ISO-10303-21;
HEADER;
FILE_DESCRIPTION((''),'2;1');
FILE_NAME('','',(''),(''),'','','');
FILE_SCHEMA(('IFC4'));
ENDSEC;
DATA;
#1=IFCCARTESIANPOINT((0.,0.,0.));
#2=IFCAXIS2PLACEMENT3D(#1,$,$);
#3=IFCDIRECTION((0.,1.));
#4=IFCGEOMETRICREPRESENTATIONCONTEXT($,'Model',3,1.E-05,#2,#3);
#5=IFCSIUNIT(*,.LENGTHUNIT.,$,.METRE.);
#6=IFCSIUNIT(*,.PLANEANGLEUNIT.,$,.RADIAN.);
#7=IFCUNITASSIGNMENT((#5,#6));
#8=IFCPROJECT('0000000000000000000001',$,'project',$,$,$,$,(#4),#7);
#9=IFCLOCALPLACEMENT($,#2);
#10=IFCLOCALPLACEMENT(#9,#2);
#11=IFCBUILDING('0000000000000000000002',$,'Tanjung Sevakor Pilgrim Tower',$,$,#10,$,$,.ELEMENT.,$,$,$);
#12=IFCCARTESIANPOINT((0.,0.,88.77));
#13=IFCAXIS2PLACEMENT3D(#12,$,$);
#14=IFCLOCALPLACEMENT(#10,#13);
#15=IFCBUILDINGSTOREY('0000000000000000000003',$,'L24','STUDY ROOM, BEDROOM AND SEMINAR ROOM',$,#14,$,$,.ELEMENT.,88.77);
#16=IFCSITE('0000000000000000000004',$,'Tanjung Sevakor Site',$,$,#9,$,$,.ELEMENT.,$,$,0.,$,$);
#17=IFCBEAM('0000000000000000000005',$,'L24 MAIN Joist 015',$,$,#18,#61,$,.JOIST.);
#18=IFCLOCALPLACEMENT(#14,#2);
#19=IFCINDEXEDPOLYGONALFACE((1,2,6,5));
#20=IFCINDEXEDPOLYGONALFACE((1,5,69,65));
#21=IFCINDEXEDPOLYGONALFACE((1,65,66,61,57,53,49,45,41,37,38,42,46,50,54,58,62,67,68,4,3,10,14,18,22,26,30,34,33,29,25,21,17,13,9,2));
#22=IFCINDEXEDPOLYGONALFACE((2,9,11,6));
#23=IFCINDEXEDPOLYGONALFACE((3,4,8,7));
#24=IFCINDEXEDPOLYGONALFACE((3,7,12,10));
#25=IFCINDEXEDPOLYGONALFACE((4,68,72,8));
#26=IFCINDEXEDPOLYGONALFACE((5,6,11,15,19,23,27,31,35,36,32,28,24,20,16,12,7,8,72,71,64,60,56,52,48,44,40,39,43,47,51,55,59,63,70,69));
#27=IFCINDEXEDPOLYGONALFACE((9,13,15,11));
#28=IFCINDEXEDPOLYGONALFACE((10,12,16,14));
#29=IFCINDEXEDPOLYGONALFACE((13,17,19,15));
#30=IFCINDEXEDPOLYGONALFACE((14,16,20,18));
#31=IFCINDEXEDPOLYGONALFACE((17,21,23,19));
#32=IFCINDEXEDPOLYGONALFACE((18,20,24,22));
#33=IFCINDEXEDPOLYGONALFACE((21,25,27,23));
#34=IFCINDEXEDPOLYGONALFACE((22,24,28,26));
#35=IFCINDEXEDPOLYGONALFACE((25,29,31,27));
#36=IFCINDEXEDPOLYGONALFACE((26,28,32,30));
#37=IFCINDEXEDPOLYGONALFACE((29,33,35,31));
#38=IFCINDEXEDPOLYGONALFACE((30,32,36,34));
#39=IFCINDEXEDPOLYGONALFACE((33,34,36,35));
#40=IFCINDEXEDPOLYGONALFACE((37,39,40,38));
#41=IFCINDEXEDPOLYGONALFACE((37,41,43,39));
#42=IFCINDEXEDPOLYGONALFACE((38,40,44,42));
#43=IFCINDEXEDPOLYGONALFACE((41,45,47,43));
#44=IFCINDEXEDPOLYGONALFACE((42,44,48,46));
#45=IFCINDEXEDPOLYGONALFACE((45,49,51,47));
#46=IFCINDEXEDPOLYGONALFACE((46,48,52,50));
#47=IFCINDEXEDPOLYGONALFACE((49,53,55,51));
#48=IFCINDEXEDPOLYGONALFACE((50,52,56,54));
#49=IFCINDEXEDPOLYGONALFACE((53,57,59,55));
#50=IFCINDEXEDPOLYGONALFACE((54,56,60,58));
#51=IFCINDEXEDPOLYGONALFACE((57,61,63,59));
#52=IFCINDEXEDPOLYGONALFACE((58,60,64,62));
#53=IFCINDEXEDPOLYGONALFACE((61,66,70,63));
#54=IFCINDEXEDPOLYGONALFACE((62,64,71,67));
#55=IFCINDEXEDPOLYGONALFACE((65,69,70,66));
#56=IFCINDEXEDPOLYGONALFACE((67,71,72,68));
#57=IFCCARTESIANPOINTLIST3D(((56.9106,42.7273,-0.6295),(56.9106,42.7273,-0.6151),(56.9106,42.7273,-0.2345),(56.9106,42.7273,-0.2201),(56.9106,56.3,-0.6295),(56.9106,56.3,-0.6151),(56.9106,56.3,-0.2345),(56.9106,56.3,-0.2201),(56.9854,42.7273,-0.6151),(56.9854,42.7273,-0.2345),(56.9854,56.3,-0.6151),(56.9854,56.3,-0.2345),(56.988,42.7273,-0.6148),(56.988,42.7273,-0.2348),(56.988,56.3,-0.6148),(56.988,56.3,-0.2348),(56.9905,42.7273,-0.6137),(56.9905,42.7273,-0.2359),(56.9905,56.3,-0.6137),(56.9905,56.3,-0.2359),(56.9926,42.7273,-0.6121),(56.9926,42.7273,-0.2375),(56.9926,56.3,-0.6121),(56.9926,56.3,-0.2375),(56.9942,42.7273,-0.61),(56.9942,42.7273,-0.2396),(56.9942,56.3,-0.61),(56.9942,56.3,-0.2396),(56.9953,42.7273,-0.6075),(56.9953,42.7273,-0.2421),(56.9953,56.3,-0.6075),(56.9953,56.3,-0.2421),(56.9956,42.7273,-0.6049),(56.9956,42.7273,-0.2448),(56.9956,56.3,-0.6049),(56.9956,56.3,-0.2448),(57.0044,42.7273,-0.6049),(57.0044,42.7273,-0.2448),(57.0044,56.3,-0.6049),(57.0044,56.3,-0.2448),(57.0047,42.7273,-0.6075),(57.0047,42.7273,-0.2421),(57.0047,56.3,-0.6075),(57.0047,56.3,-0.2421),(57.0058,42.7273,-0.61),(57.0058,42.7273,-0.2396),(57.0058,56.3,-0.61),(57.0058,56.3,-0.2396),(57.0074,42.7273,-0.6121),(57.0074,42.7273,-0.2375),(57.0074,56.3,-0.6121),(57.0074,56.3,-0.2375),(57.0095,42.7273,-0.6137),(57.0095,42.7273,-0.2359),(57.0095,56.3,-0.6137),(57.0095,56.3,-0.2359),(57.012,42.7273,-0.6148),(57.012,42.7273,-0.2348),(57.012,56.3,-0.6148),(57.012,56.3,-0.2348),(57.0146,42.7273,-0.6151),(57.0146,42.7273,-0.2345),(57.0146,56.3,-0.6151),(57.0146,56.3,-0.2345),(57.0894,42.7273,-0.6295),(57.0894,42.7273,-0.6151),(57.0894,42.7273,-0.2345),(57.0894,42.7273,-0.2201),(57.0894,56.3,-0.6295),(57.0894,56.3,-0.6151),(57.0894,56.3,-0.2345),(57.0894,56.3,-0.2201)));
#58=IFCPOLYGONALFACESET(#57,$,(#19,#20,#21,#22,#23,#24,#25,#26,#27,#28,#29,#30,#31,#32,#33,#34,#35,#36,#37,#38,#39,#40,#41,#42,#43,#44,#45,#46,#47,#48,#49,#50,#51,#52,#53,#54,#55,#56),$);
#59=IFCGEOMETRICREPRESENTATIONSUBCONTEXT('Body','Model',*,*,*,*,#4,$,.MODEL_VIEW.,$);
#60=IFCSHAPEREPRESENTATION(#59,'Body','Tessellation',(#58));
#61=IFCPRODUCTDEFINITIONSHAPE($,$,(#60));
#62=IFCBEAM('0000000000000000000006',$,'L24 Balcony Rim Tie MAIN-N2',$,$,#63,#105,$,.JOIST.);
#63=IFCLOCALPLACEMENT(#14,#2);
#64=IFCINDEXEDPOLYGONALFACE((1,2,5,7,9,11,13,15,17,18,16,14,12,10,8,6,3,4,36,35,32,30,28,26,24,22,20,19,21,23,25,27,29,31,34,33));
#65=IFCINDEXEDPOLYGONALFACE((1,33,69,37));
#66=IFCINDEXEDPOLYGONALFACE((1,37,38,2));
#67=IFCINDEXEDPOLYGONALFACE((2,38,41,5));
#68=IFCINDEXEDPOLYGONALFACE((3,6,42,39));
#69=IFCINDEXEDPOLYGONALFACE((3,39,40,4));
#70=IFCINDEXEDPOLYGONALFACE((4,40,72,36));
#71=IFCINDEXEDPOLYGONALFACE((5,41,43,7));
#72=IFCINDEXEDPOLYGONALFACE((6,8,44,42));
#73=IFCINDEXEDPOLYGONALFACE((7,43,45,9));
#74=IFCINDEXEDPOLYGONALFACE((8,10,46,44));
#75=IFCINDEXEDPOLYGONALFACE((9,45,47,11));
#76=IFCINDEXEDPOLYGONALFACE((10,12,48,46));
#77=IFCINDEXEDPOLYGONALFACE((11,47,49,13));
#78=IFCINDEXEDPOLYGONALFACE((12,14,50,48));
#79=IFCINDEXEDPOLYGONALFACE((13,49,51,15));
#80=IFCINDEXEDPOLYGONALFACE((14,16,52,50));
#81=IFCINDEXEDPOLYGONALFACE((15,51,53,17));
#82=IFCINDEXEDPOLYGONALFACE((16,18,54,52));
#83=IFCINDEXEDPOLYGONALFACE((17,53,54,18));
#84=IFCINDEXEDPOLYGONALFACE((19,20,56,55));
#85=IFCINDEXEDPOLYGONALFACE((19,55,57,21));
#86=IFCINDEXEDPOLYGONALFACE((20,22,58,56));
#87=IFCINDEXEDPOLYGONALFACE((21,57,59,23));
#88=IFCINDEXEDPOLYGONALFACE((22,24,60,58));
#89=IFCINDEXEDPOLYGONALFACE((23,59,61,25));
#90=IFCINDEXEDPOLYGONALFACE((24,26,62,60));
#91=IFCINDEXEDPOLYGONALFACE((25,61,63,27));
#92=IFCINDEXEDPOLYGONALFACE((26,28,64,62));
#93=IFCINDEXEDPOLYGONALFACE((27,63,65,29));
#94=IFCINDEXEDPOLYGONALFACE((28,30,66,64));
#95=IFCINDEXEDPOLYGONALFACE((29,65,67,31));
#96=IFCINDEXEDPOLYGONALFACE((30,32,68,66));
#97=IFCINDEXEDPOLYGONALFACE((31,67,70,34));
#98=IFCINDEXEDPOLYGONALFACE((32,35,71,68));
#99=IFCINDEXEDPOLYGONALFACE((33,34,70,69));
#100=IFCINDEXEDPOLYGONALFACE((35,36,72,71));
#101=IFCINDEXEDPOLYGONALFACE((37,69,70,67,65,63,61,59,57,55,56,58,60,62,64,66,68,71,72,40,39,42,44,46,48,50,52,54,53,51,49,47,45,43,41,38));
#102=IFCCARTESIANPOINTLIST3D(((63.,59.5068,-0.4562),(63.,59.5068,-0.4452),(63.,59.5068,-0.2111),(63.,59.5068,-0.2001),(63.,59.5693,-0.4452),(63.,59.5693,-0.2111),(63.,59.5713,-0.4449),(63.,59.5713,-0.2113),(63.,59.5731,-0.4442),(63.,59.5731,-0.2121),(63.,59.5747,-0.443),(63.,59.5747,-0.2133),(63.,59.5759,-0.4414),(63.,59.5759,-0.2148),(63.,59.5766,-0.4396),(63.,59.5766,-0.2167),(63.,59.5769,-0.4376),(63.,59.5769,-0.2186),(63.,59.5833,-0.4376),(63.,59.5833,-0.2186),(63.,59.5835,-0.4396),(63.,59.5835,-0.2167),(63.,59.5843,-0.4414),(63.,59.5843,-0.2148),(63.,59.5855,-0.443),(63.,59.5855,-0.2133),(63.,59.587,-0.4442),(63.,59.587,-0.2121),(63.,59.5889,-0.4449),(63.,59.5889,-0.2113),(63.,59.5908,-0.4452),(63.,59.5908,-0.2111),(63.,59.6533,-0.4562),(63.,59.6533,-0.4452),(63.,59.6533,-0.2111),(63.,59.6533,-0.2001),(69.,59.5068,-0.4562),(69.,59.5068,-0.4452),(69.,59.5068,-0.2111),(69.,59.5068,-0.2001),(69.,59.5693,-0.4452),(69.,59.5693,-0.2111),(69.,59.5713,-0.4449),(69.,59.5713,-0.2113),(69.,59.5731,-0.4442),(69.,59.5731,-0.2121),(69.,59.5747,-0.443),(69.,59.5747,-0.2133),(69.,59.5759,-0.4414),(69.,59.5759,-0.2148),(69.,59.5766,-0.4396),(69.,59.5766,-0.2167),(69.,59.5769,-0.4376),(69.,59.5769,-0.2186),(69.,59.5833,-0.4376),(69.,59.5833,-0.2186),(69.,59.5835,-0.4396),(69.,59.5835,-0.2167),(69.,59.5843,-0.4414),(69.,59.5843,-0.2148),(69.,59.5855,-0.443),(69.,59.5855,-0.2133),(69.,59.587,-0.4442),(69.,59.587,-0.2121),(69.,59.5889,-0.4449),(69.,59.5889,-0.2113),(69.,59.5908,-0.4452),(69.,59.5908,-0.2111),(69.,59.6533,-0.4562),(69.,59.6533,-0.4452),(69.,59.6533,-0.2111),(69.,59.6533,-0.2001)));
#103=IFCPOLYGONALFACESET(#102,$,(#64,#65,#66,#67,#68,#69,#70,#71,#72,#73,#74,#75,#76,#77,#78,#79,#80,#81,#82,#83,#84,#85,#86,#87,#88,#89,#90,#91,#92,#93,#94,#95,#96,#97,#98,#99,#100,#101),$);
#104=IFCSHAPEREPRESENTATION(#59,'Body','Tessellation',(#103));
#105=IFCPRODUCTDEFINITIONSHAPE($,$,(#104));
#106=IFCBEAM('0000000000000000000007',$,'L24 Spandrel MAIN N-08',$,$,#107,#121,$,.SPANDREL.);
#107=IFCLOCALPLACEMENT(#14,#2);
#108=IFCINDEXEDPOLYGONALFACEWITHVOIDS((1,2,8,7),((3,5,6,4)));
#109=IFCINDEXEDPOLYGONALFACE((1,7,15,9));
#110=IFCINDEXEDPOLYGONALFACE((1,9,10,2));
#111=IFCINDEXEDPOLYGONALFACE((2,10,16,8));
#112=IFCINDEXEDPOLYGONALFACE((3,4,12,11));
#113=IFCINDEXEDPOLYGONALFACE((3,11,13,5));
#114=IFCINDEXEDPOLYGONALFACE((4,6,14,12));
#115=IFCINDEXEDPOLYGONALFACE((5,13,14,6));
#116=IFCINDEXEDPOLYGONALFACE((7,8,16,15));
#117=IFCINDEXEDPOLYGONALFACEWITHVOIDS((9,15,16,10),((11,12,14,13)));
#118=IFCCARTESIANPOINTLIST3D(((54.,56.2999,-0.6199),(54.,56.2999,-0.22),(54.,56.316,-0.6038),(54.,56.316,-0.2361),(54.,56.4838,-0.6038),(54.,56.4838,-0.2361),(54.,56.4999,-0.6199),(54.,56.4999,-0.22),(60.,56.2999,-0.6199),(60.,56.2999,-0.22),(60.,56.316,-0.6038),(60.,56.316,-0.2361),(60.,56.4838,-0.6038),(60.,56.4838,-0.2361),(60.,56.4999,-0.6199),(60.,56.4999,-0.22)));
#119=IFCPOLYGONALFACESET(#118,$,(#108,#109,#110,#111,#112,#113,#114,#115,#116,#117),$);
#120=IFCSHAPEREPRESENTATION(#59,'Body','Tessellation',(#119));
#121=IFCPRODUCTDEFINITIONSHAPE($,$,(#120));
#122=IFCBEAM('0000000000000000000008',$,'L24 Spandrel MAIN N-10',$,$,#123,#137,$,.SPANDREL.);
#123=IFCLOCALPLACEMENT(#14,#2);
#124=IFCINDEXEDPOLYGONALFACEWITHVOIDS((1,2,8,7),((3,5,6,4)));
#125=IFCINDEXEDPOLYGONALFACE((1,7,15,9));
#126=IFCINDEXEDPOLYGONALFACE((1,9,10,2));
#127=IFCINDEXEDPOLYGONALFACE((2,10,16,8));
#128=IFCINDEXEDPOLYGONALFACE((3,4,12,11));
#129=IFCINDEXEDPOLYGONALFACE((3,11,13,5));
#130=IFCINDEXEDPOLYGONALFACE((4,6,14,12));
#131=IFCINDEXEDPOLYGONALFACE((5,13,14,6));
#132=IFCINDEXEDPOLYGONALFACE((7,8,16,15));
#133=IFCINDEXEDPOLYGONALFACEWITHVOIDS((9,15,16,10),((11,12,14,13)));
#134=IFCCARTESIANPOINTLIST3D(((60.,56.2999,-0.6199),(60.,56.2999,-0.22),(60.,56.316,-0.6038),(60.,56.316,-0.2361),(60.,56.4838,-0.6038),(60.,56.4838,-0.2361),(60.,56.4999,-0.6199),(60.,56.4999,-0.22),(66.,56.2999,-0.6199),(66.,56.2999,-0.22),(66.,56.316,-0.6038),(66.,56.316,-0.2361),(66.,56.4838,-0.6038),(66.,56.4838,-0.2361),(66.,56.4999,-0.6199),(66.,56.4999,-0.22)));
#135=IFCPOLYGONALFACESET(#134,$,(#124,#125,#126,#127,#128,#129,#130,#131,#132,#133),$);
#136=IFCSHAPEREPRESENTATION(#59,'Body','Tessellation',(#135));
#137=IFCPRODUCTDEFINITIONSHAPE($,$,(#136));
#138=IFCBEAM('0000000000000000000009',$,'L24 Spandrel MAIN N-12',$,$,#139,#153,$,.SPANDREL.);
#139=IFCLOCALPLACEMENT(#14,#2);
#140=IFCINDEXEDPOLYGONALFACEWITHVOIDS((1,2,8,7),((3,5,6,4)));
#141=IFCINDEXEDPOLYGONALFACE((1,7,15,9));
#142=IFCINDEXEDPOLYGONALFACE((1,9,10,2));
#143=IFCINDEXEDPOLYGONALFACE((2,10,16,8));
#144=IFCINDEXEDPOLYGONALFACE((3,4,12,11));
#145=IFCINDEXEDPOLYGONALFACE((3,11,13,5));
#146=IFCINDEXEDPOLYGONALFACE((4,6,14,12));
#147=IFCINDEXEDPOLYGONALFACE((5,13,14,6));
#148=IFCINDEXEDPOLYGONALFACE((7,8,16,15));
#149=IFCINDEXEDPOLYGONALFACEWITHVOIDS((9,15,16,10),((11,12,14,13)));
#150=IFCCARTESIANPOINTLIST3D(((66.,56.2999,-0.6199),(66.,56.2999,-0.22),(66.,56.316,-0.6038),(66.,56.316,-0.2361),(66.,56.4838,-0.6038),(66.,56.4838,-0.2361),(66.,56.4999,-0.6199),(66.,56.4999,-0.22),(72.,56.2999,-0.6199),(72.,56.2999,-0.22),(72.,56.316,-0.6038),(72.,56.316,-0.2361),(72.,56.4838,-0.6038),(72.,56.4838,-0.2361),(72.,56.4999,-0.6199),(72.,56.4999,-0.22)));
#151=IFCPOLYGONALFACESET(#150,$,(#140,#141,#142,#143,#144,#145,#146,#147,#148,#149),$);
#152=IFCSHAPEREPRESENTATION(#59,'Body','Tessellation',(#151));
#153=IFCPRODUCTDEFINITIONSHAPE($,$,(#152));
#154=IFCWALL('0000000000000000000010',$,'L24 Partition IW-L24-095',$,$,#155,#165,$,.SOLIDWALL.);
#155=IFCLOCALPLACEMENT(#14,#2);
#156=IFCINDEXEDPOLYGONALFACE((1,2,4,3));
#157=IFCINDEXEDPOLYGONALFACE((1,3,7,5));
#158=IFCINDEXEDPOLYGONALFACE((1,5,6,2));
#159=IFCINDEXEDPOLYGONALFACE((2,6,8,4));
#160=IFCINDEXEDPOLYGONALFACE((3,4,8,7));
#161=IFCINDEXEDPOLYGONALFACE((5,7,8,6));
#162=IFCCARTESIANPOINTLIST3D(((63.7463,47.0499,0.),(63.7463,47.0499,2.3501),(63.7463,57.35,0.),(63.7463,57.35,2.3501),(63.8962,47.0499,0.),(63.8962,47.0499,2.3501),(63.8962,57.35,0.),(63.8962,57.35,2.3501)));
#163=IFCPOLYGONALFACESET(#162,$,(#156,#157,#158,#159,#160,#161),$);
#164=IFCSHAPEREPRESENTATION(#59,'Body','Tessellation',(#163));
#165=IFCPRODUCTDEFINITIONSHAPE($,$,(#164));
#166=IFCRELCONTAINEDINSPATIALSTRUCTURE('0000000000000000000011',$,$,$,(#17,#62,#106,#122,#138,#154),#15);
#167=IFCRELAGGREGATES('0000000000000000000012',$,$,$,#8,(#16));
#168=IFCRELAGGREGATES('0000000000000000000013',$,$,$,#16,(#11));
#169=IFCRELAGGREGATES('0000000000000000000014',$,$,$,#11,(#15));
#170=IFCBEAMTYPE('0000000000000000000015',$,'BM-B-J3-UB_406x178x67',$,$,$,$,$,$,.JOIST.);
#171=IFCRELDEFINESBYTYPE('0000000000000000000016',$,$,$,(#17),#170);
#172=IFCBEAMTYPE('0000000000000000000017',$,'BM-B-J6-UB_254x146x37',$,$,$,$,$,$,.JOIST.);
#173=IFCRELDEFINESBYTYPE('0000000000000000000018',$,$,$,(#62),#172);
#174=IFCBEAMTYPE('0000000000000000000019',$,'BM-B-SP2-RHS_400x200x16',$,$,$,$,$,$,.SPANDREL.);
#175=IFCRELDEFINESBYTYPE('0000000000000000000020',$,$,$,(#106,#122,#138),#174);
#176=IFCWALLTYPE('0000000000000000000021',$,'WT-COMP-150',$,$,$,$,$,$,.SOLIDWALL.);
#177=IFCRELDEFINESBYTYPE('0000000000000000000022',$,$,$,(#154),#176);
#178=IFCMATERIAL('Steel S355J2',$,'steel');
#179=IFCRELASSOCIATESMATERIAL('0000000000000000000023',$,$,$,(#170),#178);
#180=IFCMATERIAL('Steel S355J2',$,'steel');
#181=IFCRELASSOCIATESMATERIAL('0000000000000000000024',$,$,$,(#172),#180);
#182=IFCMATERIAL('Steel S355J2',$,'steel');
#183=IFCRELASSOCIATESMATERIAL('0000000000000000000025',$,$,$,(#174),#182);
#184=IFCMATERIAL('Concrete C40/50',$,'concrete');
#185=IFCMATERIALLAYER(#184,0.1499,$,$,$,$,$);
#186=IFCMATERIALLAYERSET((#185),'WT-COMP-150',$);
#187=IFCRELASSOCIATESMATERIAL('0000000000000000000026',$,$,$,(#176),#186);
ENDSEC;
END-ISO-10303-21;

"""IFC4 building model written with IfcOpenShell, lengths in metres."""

from ifc_helpers import new_model, si_unit, direction, frame, frame_2d, origin, origin_2d, place, context, subcontext, project, spatial, rectangle, hollow_rectangle, i_section, extrude, material, layer, layer_set, material_profile, profile_set, type_object, element, save


model = new_model("IFC4")

# Units and contexts
model_context = context("Model", 3, precision=1e-05, world=origin(), true_north=direction((0.0, 1.0)))
body_context = subcontext(model_context, "Body", "Model", "MODEL_VIEW")
ifc_project = project(units=[si_unit("LENGTHUNIT", "METRE"), si_unit("PLANEANGLEUNIT", "RADIAN")], contexts=[model_context])

# Site, building, storey
site_placement = place(None, origin())
site = spatial("IfcSite", under=ifc_project, at=site_placement, Name="Tanjung Sevakor Site", CompositionType="ELEMENT", RefElevation=0.0)
building_placement = place(site_placement, origin())
building = spatial("IfcBuilding", under=site, at=building_placement, Name="Tanjung Sevakor Pilgrim Tower", CompositionType="ELEMENT")
storey_placement = place(building_placement, frame((0.0, 0.0, 88.77)))
storey = spatial("IfcBuildingStorey", under=building, at=storey_placement, Name="L24", Description="STUDY ROOM, BEDROOM AND SEMINAR ROOM", CompositionType="ELEMENT", Elevation=88.77)

# Beams
ifc_material_1 = material(Name="Steel S355J2", Category="steel")
ifc_material_profile_1 = material_profile(ifc_material_1, i_section(OverallWidth=0.1787, OverallDepth=0.4094, WebThickness=0.0088, FlangeThickness=0.0144, FilletRadius=0.0103, at=origin_2d()))
ifc_profile_set_1 = profile_set([ifc_material_profile_1], Name="Steel S355J2")
beam_type_1 = type_object("IfcBeamType", Name="BM-B-J3-UB_406x178x67", PredefinedType="JOIST", material=ifc_profile_set_1)
beam_1_placement = place(storey_placement, frame((57.0, 42.7273, -0.4248), z_axis=(0.0, 1.0, 0.0), x_axis=(-1.0, 0.0, 0.0)))
element("IfcBeam", 1, at=beam_1_placement, inside=storey, type_object=beam_type_1, Name="L24 MAIN Joist 015", PredefinedType="JOIST", context=body_context, shape_type="SweptSolid", body=[
    extrude(i_section(OverallWidth=0.1787, OverallDepth=0.4094, WebThickness=0.0088, FlangeThickness=0.0144, FilletRadius=0.0103, at=origin_2d()), origin(), (0.0, 0.0, 1.0), 13.5728),
])
ifc_material_2 = material(Name="Steel S355J2", Category="steel")
ifc_material_profile_2 = material_profile(ifc_material_2, i_section(OverallWidth=0.1465, OverallDepth=0.2561, WebThickness=0.0063, FlangeThickness=0.011, FilletRadius=0.0076, at=origin_2d()))
ifc_profile_set_2 = profile_set([ifc_material_profile_2], Name="Steel S355J2")
beam_type_2 = type_object("IfcBeamType", Name="BM-B-J6-UB_254x146x37", PredefinedType="JOIST", material=ifc_profile_set_2)
beam_2_placement = place(storey_placement, frame((63.0, 59.5801, -0.3281), z_axis=(1.0, 0.0, 0.0), x_axis=(0.0, 1.0, 0.0)))
element("IfcBeam", 2, at=beam_2_placement, inside=storey, type_object=beam_type_2, Name="L24 Balcony Rim Tie MAIN-N2", PredefinedType="JOIST", context=body_context, shape_type="SweptSolid", body=[
    extrude(i_section(OverallWidth=0.1465, OverallDepth=0.2561, WebThickness=0.0063, FlangeThickness=0.011, FilletRadius=0.0076, at=origin_2d()), origin(), (0.0, 0.0, 1.0), 6.0),
])
ifc_material_3 = material(Name="Steel S355J2", Category="steel")
ifc_material_profile_3 = material_profile(ifc_material_3, hollow_rectangle(XDim=0.2, YDim=0.3999, WallThickness=0.0161, at=origin_2d()))
ifc_profile_set_3 = profile_set([ifc_material_profile_3], Name="Steel S355J2")
beam_type_3 = type_object("IfcBeamType", Name="BM-B-SP2-RHS_400x200x16", PredefinedType="SPANDREL", material=ifc_profile_set_3)
for number, where, z_axis, x_axis, name in (
    (3, (54.0, 56.3999, -0.4199), (1.0, 0.0, 0.0), (0.0, 1.0, 0.0), "L24 Spandrel MAIN N-08"),
    (4, (60.0, 56.3999, -0.4199), (1.0, 0.0, 0.0), (0.0, 1.0, 0.0), "L24 Spandrel MAIN N-10"),
    (5, (66.0, 56.3999, -0.4199), (1.0, 0.0, 0.0), (0.0, 1.0, 0.0), "L24 Spandrel MAIN N-12"),
):
    element("IfcBeam", number, at=place(storey_placement, frame(where, z_axis=z_axis, x_axis=x_axis)), inside=storey, type_object=beam_type_3, Name=name, PredefinedType="SPANDREL", context=body_context, shape_type="SweptSolid", body=[
        extrude(hollow_rectangle(XDim=0.2, YDim=0.3999, WallThickness=0.0161, at=origin_2d()), origin(), (0.0, 0.0, 1.0), 6.0),
    ])

# Wall
ifc_material_4 = material(Name="Concrete C40/50", Category="concrete")
ifc_layer_1 = layer(ifc_material_4, 0.1499)
ifc_layer_set_1 = layer_set([ifc_layer_1], Name="WT-COMP-150")
wall_type_1 = type_object("IfcWallType", Name="WT-COMP-150", PredefinedType="SOLIDWALL", material=ifc_layer_set_1)
wall_1_placement = place(storey_placement, frame((63.8213, 47.05, 0.0), z_axis=(0.0, 0.0, 1.0), x_axis=(0.0, 1.0, 0.0)))
element("IfcWall", 6, at=wall_1_placement, inside=storey, type_object=wall_type_1, Name="L24 Partition IW-L24-095", PredefinedType="SOLIDWALL", context=body_context, shape_type="SweptSolid", body=[
    extrude(rectangle(XDim=10.3, YDim=0.1499, at=frame_2d((5.1499, 0.0))), origin(), (0.0, 0.0, 1.0), 2.3501),
])

save(model, "model.ifc")
